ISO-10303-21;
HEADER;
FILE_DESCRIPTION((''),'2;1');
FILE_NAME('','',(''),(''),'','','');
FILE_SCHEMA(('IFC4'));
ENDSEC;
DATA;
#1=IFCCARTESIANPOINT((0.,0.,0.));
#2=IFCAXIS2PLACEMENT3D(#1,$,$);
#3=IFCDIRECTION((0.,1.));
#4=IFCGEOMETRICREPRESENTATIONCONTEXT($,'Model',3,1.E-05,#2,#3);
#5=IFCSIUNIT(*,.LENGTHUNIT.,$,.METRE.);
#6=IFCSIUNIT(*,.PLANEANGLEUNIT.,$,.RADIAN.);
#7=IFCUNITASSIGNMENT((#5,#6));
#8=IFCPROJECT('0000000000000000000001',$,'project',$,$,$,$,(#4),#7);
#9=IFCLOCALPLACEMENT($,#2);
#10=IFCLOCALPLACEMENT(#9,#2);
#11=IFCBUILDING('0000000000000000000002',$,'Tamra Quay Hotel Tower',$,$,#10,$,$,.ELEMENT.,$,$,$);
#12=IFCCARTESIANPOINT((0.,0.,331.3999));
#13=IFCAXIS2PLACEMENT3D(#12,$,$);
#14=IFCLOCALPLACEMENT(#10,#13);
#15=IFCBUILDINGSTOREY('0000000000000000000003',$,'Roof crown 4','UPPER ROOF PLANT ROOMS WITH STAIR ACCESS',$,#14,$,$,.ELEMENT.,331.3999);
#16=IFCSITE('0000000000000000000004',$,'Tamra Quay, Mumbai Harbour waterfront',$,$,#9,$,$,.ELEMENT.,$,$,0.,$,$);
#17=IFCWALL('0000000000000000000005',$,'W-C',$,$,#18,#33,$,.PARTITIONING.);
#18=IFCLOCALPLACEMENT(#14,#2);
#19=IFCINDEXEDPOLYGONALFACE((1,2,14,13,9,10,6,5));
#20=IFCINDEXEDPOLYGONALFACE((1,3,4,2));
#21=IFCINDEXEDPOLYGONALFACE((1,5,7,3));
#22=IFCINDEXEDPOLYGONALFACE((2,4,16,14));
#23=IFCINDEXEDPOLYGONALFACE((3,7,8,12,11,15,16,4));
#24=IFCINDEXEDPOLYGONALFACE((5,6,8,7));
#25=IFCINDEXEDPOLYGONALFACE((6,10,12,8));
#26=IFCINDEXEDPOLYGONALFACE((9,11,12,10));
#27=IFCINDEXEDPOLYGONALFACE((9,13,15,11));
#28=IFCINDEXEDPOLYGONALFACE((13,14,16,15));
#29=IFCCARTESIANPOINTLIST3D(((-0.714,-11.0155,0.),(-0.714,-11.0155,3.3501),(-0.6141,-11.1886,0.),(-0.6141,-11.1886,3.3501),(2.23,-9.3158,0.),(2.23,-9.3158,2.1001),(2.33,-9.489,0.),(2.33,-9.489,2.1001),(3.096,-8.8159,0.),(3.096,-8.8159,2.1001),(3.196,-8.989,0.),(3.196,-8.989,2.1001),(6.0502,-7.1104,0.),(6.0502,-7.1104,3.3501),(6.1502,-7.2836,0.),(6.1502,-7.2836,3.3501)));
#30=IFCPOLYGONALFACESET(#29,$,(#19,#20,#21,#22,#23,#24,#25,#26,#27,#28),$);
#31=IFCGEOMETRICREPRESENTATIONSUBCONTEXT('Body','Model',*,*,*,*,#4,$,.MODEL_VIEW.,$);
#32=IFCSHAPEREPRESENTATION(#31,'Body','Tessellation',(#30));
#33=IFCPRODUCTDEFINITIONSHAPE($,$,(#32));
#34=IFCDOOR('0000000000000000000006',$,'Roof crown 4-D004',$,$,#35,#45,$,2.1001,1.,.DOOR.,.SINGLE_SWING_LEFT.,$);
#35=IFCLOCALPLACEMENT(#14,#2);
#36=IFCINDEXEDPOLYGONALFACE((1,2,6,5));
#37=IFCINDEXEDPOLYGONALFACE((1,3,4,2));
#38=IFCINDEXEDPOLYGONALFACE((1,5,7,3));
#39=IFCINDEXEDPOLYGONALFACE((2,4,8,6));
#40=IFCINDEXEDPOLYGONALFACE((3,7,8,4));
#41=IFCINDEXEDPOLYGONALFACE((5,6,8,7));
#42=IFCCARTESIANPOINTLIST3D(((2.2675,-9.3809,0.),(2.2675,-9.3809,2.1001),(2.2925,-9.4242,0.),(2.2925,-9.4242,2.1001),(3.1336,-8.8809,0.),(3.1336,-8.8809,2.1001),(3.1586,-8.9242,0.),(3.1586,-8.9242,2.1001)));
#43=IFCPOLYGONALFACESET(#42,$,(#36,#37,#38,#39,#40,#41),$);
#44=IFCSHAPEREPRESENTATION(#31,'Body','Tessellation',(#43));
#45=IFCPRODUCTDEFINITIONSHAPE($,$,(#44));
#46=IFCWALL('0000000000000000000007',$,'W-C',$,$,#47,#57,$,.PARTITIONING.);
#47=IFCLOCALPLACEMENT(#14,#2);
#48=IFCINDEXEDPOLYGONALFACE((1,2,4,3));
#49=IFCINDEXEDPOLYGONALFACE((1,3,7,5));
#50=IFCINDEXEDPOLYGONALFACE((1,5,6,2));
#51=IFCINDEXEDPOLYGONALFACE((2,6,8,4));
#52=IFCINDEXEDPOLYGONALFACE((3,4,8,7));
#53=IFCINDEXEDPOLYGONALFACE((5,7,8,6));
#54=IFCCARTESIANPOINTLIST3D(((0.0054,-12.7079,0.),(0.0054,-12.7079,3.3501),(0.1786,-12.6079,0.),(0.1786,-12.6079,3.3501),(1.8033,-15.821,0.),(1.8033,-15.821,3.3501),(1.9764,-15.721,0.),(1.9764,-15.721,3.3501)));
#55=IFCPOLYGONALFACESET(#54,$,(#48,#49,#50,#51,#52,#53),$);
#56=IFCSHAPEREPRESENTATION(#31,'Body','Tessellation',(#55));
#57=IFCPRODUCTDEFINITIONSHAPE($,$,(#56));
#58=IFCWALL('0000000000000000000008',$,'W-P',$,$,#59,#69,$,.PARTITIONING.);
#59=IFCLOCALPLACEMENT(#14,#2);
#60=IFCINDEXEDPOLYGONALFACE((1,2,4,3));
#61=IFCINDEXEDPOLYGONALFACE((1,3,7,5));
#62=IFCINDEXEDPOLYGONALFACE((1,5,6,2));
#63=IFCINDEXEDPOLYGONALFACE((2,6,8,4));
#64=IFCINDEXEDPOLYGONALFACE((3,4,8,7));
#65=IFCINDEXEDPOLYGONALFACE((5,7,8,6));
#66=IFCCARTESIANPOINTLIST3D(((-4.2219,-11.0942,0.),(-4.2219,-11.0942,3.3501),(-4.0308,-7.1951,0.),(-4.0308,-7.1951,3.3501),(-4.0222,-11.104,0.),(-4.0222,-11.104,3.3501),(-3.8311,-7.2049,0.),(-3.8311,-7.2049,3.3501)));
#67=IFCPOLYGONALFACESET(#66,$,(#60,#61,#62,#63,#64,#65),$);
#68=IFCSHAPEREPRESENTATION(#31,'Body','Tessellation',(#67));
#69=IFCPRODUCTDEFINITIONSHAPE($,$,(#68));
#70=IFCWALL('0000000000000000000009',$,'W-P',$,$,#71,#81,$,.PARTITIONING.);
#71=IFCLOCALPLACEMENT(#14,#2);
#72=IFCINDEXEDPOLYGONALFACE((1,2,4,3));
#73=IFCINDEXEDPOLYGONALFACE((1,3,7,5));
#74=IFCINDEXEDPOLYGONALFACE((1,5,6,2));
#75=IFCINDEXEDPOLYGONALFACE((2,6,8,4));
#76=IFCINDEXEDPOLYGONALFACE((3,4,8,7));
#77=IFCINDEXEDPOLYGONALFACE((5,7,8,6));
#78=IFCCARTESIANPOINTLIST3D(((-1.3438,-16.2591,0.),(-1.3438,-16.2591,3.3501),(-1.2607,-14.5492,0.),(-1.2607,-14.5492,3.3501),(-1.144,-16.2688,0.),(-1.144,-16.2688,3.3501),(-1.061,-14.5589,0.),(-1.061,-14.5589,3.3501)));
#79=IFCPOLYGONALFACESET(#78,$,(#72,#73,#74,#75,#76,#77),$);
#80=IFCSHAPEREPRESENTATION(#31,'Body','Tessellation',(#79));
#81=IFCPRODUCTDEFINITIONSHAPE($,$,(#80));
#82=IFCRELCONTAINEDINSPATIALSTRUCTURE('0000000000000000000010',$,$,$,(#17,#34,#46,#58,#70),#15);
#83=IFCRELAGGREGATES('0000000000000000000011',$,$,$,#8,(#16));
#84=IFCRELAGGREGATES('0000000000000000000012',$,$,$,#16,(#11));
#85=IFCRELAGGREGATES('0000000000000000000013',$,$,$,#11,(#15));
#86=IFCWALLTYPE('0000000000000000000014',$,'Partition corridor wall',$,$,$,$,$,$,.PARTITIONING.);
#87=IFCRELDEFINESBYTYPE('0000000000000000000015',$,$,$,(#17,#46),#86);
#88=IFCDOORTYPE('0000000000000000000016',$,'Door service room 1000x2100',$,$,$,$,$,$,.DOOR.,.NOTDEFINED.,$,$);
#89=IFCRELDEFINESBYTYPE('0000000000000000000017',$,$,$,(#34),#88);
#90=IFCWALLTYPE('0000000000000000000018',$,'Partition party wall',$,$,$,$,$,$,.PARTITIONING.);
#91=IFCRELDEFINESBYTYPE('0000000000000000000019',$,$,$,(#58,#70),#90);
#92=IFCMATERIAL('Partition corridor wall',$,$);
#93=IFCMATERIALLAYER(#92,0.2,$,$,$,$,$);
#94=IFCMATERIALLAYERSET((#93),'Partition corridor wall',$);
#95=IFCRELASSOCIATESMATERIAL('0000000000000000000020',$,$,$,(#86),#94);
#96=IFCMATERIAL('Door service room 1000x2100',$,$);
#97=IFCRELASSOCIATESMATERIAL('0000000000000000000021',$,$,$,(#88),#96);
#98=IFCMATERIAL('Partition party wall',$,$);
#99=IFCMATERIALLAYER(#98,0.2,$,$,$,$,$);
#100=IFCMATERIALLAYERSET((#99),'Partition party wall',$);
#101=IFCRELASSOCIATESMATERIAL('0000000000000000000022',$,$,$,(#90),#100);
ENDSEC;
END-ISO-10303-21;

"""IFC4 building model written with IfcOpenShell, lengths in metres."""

from ifc_helpers import new_model, si_unit, direction, frame, frame_2d, origin, place, context, subcontext, project, spatial, rectangle, extrude, material, layer, layer_set, type_object, element, fill, save


model = new_model("IFC4")

# Units and contexts
model_context = context("Model", 3, precision=1e-05, world=origin(), true_north=direction((0.0, 1.0)))
body_context = subcontext(model_context, "Body", "Model", "MODEL_VIEW")
ifc_project = project(units=[si_unit("LENGTHUNIT", "METRE"), si_unit("PLANEANGLEUNIT", "RADIAN")], contexts=[model_context])

# Site, building, storey
site_placement = place(None, origin())
site = spatial("IfcSite", under=ifc_project, at=site_placement, Name="Tamra Quay, Mumbai Harbour waterfront", CompositionType="ELEMENT", RefElevation=0.0)
building_placement = place(site_placement, origin())
building = spatial("IfcBuilding", under=site, at=building_placement, Name="Tamra Quay Hotel Tower", CompositionType="ELEMENT")
storey_placement = place(building_placement, frame((0.0, 0.0, 331.3999)))
storey = spatial("IfcBuildingStorey", under=building, at=storey_placement, Name="Roof crown 4", Description="UPPER ROOF PLANT ROOMS WITH STAIR ACCESS", CompositionType="ELEMENT", Elevation=331.3999)

# Shared definitions
ifc_material_1 = material(Name="Partition corridor wall")
ifc_layer_1 = layer(ifc_material_1, 0.2)
ifc_layer_set_1 = layer_set([ifc_layer_1], Name="Partition corridor wall")
wall_type_1 = type_object("IfcWallType", Name="Partition corridor wall", PredefinedType="PARTITIONING", material=ifc_layer_set_1)
ifc_material_2 = material(Name="Door service room 1000x2100")
door_type_1 = type_object("IfcDoorType", Name="Door service room 1000x2100", OperationType="NOTDEFINED", PredefinedType="DOOR", material=ifc_material_2)

# Wall, opening, door
wall_1_placement = place(storey_placement, frame((-0.6641, -11.1021, 0.0), z_axis=(0.0, 0.0, 1.0), x_axis=(0.86604, 0.499975, 0.0)))
wall_1 = element("IfcWall", 1, at=wall_1_placement, inside=storey, type_object=wall_type_1, Name="W-C", PredefinedType="PARTITIONING", context=body_context, shape_type="SweptSolid", body=[
    extrude(rectangle(XDim=7.8105, YDim=0.2, at=frame_2d((3.9053, 0.0))), origin(), (0.0, 0.0, 1.0), 3.3501),
])
opening_1_placement = place(wall_1_placement, frame((3.3994, 0.0, 0.0)))
opening_1 = element("IfcOpeningElement", 2, at=opening_1_placement, cuts=wall_1, PredefinedType="OPENING", context=body_context, shape_type="SweptSolid", body=[
    extrude(rectangle(XDim=1.0, YDim=2.1001, at=frame_2d((0.5, 1.05))), frame((0.0, 0.1099, 0.0), z_axis=(0.0, -1.0, 0.0), x_axis=(1.0, 0.0, 0.0)), (0.0, 0.0, 1.0), 0.22),
])
door_1_placement = place(opening_1_placement, origin())
door_1 = element("IfcDoor", 3, at=door_1_placement, inside=storey, type_object=door_type_1, Name="Roof crown 4-D004", OperationType="SINGLE_SWING_LEFT", OverallHeight=2.1001, OverallWidth=1.0, PredefinedType="DOOR", context=body_context, shape_type="SweptSolid", body=[
    extrude(rectangle(XDim=1.0, YDim=2.1001, at=frame_2d((0.5, 1.05))), frame((0.0, 0.0249, 0.0), z_axis=(0.0, -1.0, 0.0), x_axis=(1.0, 0.0, 0.0)), (0.0, 0.0, 1.0), 0.05),
])
fill(opening_1, door_1)

# Walls
wall_2_placement = place(storey_placement, frame((0.092, -12.658, 0.0), z_axis=(0.0, 0.0, 1.0), x_axis=(0.500112, -0.865961, 0.0)))
element("IfcWall", 4, at=wall_2_placement, inside=storey, type_object=wall_type_1, Name="W-C", PredefinedType="PARTITIONING", context=body_context, shape_type="SweptSolid", body=[
    extrude(rectangle(XDim=3.595, YDim=0.2, at=frame_2d((1.7974, 0.0))), origin(), (0.0, 0.0, 1.0), 3.3501),
])
ifc_material_3 = material(Name="Partition party wall")
ifc_layer_2 = layer(ifc_material_3, 0.2)
ifc_layer_set_2 = layer_set([ifc_layer_2], Name="Partition party wall")
wall_type_2 = type_object("IfcWallType", Name="Partition party wall", PredefinedType="PARTITIONING", material=ifc_layer_set_2)
wall_3_placement = place(storey_placement, frame((-4.1221, -11.0991, 0.0), z_axis=(0.0, 0.0, 1.0), x_axis=(0.048968, 0.9988, 0.0)))
element("IfcWall", 5, at=wall_3_placement, inside=storey, type_object=wall_type_2, Name="W-P", PredefinedType="PARTITIONING", context=body_context, shape_type="SweptSolid", body=[
    extrude(rectangle(XDim=3.9038, YDim=0.2, at=frame_2d((1.9519, 0.0))), origin(), (0.0, 0.0, 1.0), 3.3501),
])
wall_4_placement = place(storey_placement, frame((-1.2439, -16.2639, 0.0), z_axis=(0.0, 0.0, 1.0), x_axis=(0.048487, 0.998824, 0.0)))
element("IfcWall", 6, at=wall_4_placement, inside=storey, type_object=wall_type_2, Name="W-P", PredefinedType="PARTITIONING", context=body_context, shape_type="SweptSolid", body=[
    extrude(rectangle(XDim=1.7119, YDim=0.2, at=frame_2d((0.856, 0.0))), origin(), (0.0, 0.0, 1.0), 3.3501),
])

save(model, "model.ifc")
